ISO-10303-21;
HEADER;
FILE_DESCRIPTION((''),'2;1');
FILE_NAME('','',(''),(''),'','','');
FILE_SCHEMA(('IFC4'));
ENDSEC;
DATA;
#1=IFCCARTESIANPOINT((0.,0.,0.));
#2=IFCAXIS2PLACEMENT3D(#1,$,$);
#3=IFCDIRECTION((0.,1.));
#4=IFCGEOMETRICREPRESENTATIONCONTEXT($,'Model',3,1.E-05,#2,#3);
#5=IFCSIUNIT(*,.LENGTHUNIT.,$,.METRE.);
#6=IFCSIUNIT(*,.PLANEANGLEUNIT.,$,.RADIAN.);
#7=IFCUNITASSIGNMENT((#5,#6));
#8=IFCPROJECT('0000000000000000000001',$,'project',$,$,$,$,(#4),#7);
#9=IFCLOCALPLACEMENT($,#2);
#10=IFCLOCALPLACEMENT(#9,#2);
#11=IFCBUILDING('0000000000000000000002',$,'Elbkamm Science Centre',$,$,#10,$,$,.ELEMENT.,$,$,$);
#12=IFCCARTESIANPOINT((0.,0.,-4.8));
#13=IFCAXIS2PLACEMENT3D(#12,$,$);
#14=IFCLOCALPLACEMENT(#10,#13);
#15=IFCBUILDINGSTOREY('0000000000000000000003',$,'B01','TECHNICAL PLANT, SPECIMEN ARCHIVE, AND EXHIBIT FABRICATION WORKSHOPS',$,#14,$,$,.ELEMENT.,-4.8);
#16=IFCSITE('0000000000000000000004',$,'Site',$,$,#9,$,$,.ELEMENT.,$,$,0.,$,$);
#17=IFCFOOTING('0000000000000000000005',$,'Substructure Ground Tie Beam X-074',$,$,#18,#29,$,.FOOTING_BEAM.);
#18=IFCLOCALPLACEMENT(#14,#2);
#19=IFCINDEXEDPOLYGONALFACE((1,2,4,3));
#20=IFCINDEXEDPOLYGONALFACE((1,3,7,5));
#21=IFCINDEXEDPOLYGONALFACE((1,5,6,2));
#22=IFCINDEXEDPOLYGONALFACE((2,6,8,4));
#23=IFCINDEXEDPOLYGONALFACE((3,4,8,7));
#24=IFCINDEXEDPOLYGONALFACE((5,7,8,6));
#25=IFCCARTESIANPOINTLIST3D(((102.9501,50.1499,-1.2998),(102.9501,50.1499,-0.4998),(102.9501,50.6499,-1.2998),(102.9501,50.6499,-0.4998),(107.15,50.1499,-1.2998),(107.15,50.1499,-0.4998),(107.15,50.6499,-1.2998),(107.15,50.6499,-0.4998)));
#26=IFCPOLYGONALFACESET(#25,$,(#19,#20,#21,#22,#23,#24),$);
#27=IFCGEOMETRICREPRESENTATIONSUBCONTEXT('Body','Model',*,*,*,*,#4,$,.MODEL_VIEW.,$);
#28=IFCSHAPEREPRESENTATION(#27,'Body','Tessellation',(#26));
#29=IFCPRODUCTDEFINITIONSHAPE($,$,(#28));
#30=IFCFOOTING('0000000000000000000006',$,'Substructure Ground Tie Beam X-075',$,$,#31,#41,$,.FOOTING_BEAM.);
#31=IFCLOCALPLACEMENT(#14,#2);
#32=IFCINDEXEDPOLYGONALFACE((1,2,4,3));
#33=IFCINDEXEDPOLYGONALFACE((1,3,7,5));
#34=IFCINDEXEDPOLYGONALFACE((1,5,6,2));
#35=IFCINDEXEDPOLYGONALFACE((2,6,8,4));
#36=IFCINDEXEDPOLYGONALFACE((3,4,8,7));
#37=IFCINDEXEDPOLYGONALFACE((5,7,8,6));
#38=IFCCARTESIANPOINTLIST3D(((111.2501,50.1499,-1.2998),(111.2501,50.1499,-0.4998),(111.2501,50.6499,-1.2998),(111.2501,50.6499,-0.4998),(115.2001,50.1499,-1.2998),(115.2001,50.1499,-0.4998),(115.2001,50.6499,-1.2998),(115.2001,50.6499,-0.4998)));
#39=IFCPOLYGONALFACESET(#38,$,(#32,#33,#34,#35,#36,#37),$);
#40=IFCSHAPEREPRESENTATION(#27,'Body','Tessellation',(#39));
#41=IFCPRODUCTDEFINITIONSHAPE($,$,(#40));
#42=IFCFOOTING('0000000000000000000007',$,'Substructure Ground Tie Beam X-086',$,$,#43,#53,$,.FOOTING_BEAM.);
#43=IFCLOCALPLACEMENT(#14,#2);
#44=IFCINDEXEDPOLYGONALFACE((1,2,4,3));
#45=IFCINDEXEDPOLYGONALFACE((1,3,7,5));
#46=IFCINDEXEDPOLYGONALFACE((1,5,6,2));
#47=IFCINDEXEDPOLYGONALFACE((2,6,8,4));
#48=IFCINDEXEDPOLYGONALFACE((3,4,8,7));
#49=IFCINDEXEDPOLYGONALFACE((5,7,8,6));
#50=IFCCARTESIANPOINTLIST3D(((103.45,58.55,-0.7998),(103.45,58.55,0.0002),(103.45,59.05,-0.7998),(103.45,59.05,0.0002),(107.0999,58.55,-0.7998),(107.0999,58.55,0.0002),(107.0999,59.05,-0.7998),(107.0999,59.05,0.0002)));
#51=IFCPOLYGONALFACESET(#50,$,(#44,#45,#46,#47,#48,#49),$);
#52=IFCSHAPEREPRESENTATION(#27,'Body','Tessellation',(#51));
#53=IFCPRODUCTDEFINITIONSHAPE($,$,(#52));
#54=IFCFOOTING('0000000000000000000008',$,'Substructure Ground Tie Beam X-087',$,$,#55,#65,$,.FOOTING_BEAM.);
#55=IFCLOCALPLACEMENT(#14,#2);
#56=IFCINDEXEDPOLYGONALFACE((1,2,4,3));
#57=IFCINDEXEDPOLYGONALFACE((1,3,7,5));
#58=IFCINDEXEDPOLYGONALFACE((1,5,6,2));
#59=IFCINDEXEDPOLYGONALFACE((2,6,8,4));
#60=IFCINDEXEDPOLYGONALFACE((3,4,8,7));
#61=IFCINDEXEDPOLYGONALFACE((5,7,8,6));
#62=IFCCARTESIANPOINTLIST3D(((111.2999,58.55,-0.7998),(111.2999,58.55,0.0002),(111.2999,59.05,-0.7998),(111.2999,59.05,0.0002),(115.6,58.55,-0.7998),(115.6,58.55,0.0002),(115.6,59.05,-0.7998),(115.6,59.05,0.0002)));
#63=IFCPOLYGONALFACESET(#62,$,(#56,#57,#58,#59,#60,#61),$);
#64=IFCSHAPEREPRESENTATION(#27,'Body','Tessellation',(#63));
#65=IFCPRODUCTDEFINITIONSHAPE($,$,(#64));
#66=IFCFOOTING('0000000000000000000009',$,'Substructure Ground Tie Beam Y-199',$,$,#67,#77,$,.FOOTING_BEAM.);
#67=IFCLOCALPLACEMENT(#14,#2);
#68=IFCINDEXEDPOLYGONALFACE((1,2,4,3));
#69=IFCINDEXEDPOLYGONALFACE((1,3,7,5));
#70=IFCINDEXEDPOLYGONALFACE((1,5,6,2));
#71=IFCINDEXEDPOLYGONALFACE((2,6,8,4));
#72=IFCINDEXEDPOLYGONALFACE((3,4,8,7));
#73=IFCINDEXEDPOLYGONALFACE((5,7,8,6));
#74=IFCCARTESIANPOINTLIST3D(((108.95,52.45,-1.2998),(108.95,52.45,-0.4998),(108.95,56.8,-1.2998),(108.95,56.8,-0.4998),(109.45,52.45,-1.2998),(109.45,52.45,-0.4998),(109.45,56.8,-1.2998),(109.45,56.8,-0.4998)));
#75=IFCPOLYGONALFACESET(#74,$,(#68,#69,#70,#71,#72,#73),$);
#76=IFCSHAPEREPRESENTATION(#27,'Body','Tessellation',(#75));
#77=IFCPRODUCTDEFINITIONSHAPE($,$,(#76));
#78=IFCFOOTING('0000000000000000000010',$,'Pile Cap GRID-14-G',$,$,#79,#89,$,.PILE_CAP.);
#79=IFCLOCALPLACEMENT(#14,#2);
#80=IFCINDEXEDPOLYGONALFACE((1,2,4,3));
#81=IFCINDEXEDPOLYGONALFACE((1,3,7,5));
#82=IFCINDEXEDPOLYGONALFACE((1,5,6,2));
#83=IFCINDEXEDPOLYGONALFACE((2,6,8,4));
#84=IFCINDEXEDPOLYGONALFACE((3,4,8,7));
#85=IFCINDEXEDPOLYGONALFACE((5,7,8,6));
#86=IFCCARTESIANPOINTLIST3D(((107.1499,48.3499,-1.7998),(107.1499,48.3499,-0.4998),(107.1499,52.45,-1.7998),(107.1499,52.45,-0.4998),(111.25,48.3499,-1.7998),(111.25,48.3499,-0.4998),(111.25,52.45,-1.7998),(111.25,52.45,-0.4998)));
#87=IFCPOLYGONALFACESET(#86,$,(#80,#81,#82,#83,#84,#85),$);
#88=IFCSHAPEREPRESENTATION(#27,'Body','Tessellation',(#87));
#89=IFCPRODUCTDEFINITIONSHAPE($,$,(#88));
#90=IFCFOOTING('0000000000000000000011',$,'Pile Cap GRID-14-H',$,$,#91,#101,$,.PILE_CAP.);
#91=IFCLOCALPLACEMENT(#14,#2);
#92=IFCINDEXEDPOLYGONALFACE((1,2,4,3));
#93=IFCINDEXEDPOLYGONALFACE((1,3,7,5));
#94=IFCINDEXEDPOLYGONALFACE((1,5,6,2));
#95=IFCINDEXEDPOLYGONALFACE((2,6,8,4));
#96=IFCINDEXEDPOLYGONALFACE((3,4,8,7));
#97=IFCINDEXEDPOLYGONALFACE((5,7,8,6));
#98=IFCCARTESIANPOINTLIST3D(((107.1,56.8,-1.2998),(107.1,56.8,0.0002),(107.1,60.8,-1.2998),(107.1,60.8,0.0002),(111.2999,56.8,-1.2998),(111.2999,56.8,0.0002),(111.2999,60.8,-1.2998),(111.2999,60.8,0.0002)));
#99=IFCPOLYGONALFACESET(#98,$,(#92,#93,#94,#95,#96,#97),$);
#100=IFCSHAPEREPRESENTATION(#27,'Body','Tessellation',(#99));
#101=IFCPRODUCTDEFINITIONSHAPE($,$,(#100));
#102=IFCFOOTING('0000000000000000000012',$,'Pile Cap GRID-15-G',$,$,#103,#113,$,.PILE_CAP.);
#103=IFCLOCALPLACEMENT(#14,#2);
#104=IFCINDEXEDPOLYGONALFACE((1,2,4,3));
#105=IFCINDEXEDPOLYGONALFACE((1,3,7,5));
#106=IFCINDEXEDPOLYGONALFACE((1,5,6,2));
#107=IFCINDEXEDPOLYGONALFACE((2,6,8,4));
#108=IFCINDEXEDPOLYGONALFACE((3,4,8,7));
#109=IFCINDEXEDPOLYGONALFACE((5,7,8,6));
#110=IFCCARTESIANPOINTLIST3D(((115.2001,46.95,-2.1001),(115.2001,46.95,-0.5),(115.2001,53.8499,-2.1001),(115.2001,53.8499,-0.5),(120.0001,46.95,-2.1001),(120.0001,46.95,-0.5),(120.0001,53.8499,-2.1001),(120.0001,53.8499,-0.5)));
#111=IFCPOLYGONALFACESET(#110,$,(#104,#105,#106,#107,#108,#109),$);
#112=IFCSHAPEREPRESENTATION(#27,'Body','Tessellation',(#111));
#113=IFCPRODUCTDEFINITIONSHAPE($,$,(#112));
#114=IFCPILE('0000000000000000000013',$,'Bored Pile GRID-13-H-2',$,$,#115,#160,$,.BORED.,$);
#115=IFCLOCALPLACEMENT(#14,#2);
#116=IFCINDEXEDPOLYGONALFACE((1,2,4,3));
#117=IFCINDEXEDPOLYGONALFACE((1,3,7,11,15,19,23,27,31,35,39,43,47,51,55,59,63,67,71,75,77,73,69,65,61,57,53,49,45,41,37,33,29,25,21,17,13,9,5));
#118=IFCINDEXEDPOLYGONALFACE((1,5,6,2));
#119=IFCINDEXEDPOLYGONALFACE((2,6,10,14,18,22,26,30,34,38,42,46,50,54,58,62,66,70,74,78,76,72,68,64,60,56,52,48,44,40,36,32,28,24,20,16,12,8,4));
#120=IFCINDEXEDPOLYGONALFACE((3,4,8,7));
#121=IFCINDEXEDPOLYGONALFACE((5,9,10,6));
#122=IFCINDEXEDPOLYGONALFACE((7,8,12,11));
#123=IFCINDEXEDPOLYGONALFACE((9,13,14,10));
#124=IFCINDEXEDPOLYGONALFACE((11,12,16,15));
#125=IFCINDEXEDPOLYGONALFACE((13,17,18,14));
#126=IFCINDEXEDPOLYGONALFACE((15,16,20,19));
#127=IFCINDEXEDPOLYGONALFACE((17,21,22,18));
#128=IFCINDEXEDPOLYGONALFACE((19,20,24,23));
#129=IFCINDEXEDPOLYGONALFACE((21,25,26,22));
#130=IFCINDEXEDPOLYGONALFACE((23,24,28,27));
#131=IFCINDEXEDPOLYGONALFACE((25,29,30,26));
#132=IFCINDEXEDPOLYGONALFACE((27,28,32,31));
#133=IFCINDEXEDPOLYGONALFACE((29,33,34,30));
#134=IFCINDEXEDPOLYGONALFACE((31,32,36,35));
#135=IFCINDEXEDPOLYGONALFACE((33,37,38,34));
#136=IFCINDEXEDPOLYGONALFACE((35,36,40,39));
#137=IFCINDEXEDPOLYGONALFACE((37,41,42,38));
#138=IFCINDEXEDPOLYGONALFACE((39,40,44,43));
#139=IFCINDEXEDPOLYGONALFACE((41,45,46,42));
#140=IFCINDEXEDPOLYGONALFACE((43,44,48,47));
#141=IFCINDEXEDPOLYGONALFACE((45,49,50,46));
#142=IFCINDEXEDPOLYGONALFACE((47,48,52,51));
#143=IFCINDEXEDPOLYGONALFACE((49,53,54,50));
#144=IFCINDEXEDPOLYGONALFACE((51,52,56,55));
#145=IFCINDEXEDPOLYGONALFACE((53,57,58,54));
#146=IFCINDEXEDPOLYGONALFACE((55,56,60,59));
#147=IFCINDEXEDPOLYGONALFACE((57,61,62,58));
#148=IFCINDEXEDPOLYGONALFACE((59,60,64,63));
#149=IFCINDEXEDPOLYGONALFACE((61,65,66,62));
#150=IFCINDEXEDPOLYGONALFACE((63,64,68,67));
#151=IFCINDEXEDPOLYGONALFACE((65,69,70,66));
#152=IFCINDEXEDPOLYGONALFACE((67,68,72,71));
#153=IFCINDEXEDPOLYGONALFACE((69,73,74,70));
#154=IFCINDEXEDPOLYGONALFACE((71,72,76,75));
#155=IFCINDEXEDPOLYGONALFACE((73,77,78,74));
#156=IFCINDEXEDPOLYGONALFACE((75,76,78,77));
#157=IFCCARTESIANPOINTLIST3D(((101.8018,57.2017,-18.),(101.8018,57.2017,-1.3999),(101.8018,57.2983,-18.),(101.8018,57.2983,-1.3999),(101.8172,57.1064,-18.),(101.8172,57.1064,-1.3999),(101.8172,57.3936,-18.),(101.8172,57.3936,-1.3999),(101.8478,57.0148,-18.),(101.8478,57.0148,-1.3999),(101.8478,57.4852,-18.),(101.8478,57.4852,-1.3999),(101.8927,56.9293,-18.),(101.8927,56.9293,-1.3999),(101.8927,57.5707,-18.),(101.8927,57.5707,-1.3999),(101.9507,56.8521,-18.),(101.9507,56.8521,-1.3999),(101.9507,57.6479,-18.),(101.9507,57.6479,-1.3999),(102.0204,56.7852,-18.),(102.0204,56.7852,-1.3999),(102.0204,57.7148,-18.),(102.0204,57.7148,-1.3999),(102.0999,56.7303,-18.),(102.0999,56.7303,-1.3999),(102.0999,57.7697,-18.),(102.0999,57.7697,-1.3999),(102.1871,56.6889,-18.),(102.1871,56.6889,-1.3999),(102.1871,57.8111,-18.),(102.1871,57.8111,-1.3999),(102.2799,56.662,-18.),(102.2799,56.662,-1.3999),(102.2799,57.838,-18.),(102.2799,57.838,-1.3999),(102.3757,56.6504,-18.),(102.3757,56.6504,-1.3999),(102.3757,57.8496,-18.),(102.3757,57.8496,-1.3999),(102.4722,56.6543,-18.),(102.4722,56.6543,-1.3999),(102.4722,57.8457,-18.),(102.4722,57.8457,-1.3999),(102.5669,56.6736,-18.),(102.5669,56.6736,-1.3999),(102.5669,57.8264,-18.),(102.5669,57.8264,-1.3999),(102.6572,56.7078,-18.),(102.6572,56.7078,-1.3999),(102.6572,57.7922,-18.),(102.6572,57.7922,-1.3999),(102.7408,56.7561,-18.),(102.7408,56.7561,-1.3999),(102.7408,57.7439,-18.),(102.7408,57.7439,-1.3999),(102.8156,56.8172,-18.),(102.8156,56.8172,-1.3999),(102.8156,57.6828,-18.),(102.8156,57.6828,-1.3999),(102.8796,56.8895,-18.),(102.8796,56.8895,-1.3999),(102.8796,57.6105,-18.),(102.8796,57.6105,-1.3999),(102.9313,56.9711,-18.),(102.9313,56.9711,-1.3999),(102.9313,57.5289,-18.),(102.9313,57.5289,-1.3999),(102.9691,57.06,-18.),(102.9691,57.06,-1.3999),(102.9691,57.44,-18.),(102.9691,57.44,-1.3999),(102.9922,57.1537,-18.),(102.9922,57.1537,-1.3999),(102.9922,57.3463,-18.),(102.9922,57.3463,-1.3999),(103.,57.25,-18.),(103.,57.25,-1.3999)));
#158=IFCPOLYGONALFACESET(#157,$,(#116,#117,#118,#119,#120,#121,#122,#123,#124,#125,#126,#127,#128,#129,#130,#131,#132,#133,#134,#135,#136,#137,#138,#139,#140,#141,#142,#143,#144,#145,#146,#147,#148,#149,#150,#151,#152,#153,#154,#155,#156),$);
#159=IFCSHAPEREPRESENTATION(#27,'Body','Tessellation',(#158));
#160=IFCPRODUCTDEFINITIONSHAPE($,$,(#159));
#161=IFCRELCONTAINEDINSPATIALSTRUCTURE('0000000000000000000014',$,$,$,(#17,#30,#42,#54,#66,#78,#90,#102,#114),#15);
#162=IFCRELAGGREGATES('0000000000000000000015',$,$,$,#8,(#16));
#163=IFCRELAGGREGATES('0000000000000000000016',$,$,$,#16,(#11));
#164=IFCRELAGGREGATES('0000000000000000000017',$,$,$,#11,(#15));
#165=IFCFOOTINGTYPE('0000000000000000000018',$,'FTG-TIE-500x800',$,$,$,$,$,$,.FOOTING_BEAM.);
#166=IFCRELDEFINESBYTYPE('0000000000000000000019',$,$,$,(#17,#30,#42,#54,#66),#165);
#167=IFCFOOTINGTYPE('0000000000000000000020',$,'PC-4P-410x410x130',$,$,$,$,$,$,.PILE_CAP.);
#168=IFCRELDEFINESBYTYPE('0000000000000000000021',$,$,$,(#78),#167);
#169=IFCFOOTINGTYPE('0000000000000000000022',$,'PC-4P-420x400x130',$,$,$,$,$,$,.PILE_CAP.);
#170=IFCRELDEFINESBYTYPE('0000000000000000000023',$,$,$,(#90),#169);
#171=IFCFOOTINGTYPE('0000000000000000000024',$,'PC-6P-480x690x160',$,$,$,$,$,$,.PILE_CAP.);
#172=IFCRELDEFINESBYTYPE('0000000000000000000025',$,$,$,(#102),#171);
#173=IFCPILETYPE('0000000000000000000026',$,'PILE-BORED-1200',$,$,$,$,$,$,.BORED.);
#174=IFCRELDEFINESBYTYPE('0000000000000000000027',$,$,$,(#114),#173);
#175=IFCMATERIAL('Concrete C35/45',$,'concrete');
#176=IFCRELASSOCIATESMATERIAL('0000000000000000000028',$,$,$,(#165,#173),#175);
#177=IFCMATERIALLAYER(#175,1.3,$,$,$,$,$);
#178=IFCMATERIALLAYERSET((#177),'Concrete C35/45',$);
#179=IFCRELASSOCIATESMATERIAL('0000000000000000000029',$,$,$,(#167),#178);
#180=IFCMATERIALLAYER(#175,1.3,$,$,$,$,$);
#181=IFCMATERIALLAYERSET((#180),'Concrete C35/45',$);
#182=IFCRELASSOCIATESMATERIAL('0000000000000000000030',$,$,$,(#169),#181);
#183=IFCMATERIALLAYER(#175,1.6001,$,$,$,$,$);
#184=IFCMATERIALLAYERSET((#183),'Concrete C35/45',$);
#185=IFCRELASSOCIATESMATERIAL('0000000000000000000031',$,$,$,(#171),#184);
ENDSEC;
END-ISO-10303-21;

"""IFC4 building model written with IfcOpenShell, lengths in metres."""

from ifc_helpers import new_model, si_unit, direction, frame, origin, origin_2d, place, context, subcontext, project, spatial, rectangle, circle, extrude, material, layer, layer_set, material_profile, profile_set, type_object, element, save


model = new_model("IFC4")

# Units and contexts
model_context = context("Model", 3, precision=1e-05, world=origin(), true_north=direction((0.0, 1.0)))
body_context = subcontext(model_context, "Body", "Model", "MODEL_VIEW")
ifc_project = project(units=[si_unit("LENGTHUNIT", "METRE"), si_unit("PLANEANGLEUNIT", "RADIAN")], contexts=[model_context])

# Site, building, storey
site_placement = place(None, origin())
site = spatial("IfcSite", under=ifc_project, at=site_placement, Name="Site", CompositionType="ELEMENT", RefElevation=0.0)
building_placement = place(site_placement, origin())
building = spatial("IfcBuilding", under=site, at=building_placement, Name="Elbkamm Science Centre", CompositionType="ELEMENT")
storey_placement = place(building_placement, frame((0.0, 0.0, -4.8)))
storey = spatial("IfcBuildingStorey", under=building, at=storey_placement, Name="B01", Description="TECHNICAL PLANT, SPECIMEN ARCHIVE, AND EXHIBIT FABRICATION WORKSHOPS", CompositionType="ELEMENT", Elevation=-4.8)

# Footings
ifc_material_1 = material(Name="Concrete C35/45", Category="concrete")
footing_type_1 = type_object("IfcFootingType", Name="FTG-TIE-500x800", PredefinedType="FOOTING_BEAM", material=ifc_material_1)
footing_1_placement = place(storey_placement, frame((105.05, 50.3999, -1.2998), z_axis=(0.0, 0.0, 1.0), x_axis=(1.0, 0.0, 0.0)))
element("IfcFooting", 1, at=footing_1_placement, inside=storey, type_object=footing_type_1, Name="Substructure Ground Tie Beam X-074", PredefinedType="FOOTING_BEAM", context=body_context, shape_type="SweptSolid", body=[
    extrude(rectangle(XDim=4.2, YDim=0.5, at=origin_2d()), origin(), (0.0, 0.0, 1.0), 0.8),
])
footing_2_placement = place(storey_placement, frame((113.2251, 50.3999, -1.2998), z_axis=(0.0, 0.0, 1.0), x_axis=(1.0, 0.0, 0.0)))
element("IfcFooting", 2, at=footing_2_placement, inside=storey, type_object=footing_type_1, Name="Substructure Ground Tie Beam X-075", PredefinedType="FOOTING_BEAM", context=body_context, shape_type="SweptSolid", body=[
    extrude(rectangle(XDim=3.95, YDim=0.5, at=origin_2d()), origin(), (0.0, 0.0, 1.0), 0.8),
])
footing_3_placement = place(storey_placement, frame((105.2749, 58.8, -0.7998), z_axis=(0.0, 0.0, 1.0), x_axis=(1.0, 0.0, 0.0)))
element("IfcFooting", 3, at=footing_3_placement, inside=storey, type_object=footing_type_1, Name="Substructure Ground Tie Beam X-086", PredefinedType="FOOTING_BEAM", context=body_context, shape_type="SweptSolid", body=[
    extrude(rectangle(XDim=3.6499, YDim=0.5, at=origin_2d()), origin(), (0.0, 0.0, 1.0), 0.8),
])
footing_4_placement = place(storey_placement, frame((113.45, 58.8, -0.7998), z_axis=(0.0, 0.0, 1.0), x_axis=(1.0, 0.0, 0.0)))
element("IfcFooting", 4, at=footing_4_placement, inside=storey, type_object=footing_type_1, Name="Substructure Ground Tie Beam X-087", PredefinedType="FOOTING_BEAM", context=body_context, shape_type="SweptSolid", body=[
    extrude(rectangle(XDim=4.3, YDim=0.5, at=origin_2d()), origin(), (0.0, 0.0, 1.0), 0.8),
])
footing_5_placement = place(storey_placement, frame((109.2, 54.625, -1.2998), z_axis=(0.0, 0.0, 1.0), x_axis=(1.0, 0.0, 0.0)))
element("IfcFooting", 5, at=footing_5_placement, inside=storey, type_object=footing_type_1, Name="Substructure Ground Tie Beam Y-199", PredefinedType="FOOTING_BEAM", context=body_context, shape_type="SweptSolid", body=[
    extrude(rectangle(XDim=0.5, YDim=4.3501, at=origin_2d()), origin(), (0.0, 0.0, 1.0), 0.8),
])
ifc_layer_1 = layer(ifc_material_1, 1.3)
ifc_layer_set_1 = layer_set([ifc_layer_1], Name="Concrete C35/45")
footing_type_2 = type_object("IfcFootingType", Name="PC-4P-410x410x130", PredefinedType="PILE_CAP", material=ifc_layer_set_1)
footing_6_placement = place(storey_placement, frame((109.2, 50.3999, -1.7998), z_axis=(0.0, 0.0, 1.0), x_axis=(1.0, 0.0, 0.0)))
element("IfcFooting", 6, at=footing_6_placement, inside=storey, type_object=footing_type_2, Name="Pile Cap GRID-14-G", PredefinedType="PILE_CAP", context=body_context, shape_type="SweptSolid", body=[
    extrude(rectangle(XDim=4.1001, YDim=4.1001, at=origin_2d()), origin(), (0.0, 0.0, 1.0), 1.3),
])
ifc_layer_2 = layer(ifc_material_1, 1.3)
ifc_layer_set_2 = layer_set([ifc_layer_2], Name="Concrete C35/45")
footing_type_3 = type_object("IfcFootingType", Name="PC-4P-420x400x130", PredefinedType="PILE_CAP", material=ifc_layer_set_2)
footing_7_placement = place(storey_placement, frame((109.2, 58.8, -1.2998), z_axis=(0.0, 0.0, 1.0), x_axis=(1.0, 0.0, 0.0)))
element("IfcFooting", 7, at=footing_7_placement, inside=storey, type_object=footing_type_3, Name="Pile Cap GRID-14-H", PredefinedType="PILE_CAP", context=body_context, shape_type="SweptSolid", body=[
    extrude(rectangle(XDim=4.2, YDim=4.0, at=origin_2d()), origin(), (0.0, 0.0, 1.0), 1.3),
])
ifc_layer_3 = layer(ifc_material_1, 1.6001)
ifc_layer_set_3 = layer_set([ifc_layer_3], Name="Concrete C35/45")
footing_type_4 = type_object("IfcFootingType", Name="PC-6P-480x690x160", PredefinedType="PILE_CAP", material=ifc_layer_set_3)
footing_8_placement = place(storey_placement, frame((117.6001, 50.3999, -2.1001), z_axis=(0.0, 0.0, 1.0), x_axis=(1.0, 0.0, 0.0)))
element("IfcFooting", 8, at=footing_8_placement, inside=storey, type_object=footing_type_4, Name="Pile Cap GRID-15-G", PredefinedType="PILE_CAP", context=body_context, shape_type="SweptSolid", body=[
    extrude(rectangle(XDim=4.8, YDim=6.8999, at=origin_2d()), origin(), (0.0, 0.0, 1.0), 1.6001),
])

# Pile
ifc_material_profile_1 = material_profile(ifc_material_1, circle(Radius=0.6001, at=origin_2d()), Name="PILE D1200")
ifc_profile_set_1 = profile_set([ifc_material_profile_1], Name="Concrete C35/45")
pile_type_1 = type_object("IfcPileType", Name="PILE-BORED-1200", PredefinedType="BORED", material=ifc_profile_set_1)
for number, where, z_axis, x_axis, name in (
    (9, (102.3999, 57.25, -1.3999), (0.0, 0.0, -1.0), (1.0, 0.0, 0.0), "Bored Pile GRID-13-H-2"),
):
    element("IfcPile", number, at=place(storey_placement, frame(where, z_axis=z_axis, x_axis=x_axis)), inside=storey, type_object=pile_type_1, Name=name, PredefinedType="BORED", context=body_context, shape_type="SweptSolid", body=[
        extrude(circle(Radius=0.6001, at=origin_2d()), origin(), (0.0, 0.0, 1.0), 16.6001),
    ])

save(model, "model.ifc")
